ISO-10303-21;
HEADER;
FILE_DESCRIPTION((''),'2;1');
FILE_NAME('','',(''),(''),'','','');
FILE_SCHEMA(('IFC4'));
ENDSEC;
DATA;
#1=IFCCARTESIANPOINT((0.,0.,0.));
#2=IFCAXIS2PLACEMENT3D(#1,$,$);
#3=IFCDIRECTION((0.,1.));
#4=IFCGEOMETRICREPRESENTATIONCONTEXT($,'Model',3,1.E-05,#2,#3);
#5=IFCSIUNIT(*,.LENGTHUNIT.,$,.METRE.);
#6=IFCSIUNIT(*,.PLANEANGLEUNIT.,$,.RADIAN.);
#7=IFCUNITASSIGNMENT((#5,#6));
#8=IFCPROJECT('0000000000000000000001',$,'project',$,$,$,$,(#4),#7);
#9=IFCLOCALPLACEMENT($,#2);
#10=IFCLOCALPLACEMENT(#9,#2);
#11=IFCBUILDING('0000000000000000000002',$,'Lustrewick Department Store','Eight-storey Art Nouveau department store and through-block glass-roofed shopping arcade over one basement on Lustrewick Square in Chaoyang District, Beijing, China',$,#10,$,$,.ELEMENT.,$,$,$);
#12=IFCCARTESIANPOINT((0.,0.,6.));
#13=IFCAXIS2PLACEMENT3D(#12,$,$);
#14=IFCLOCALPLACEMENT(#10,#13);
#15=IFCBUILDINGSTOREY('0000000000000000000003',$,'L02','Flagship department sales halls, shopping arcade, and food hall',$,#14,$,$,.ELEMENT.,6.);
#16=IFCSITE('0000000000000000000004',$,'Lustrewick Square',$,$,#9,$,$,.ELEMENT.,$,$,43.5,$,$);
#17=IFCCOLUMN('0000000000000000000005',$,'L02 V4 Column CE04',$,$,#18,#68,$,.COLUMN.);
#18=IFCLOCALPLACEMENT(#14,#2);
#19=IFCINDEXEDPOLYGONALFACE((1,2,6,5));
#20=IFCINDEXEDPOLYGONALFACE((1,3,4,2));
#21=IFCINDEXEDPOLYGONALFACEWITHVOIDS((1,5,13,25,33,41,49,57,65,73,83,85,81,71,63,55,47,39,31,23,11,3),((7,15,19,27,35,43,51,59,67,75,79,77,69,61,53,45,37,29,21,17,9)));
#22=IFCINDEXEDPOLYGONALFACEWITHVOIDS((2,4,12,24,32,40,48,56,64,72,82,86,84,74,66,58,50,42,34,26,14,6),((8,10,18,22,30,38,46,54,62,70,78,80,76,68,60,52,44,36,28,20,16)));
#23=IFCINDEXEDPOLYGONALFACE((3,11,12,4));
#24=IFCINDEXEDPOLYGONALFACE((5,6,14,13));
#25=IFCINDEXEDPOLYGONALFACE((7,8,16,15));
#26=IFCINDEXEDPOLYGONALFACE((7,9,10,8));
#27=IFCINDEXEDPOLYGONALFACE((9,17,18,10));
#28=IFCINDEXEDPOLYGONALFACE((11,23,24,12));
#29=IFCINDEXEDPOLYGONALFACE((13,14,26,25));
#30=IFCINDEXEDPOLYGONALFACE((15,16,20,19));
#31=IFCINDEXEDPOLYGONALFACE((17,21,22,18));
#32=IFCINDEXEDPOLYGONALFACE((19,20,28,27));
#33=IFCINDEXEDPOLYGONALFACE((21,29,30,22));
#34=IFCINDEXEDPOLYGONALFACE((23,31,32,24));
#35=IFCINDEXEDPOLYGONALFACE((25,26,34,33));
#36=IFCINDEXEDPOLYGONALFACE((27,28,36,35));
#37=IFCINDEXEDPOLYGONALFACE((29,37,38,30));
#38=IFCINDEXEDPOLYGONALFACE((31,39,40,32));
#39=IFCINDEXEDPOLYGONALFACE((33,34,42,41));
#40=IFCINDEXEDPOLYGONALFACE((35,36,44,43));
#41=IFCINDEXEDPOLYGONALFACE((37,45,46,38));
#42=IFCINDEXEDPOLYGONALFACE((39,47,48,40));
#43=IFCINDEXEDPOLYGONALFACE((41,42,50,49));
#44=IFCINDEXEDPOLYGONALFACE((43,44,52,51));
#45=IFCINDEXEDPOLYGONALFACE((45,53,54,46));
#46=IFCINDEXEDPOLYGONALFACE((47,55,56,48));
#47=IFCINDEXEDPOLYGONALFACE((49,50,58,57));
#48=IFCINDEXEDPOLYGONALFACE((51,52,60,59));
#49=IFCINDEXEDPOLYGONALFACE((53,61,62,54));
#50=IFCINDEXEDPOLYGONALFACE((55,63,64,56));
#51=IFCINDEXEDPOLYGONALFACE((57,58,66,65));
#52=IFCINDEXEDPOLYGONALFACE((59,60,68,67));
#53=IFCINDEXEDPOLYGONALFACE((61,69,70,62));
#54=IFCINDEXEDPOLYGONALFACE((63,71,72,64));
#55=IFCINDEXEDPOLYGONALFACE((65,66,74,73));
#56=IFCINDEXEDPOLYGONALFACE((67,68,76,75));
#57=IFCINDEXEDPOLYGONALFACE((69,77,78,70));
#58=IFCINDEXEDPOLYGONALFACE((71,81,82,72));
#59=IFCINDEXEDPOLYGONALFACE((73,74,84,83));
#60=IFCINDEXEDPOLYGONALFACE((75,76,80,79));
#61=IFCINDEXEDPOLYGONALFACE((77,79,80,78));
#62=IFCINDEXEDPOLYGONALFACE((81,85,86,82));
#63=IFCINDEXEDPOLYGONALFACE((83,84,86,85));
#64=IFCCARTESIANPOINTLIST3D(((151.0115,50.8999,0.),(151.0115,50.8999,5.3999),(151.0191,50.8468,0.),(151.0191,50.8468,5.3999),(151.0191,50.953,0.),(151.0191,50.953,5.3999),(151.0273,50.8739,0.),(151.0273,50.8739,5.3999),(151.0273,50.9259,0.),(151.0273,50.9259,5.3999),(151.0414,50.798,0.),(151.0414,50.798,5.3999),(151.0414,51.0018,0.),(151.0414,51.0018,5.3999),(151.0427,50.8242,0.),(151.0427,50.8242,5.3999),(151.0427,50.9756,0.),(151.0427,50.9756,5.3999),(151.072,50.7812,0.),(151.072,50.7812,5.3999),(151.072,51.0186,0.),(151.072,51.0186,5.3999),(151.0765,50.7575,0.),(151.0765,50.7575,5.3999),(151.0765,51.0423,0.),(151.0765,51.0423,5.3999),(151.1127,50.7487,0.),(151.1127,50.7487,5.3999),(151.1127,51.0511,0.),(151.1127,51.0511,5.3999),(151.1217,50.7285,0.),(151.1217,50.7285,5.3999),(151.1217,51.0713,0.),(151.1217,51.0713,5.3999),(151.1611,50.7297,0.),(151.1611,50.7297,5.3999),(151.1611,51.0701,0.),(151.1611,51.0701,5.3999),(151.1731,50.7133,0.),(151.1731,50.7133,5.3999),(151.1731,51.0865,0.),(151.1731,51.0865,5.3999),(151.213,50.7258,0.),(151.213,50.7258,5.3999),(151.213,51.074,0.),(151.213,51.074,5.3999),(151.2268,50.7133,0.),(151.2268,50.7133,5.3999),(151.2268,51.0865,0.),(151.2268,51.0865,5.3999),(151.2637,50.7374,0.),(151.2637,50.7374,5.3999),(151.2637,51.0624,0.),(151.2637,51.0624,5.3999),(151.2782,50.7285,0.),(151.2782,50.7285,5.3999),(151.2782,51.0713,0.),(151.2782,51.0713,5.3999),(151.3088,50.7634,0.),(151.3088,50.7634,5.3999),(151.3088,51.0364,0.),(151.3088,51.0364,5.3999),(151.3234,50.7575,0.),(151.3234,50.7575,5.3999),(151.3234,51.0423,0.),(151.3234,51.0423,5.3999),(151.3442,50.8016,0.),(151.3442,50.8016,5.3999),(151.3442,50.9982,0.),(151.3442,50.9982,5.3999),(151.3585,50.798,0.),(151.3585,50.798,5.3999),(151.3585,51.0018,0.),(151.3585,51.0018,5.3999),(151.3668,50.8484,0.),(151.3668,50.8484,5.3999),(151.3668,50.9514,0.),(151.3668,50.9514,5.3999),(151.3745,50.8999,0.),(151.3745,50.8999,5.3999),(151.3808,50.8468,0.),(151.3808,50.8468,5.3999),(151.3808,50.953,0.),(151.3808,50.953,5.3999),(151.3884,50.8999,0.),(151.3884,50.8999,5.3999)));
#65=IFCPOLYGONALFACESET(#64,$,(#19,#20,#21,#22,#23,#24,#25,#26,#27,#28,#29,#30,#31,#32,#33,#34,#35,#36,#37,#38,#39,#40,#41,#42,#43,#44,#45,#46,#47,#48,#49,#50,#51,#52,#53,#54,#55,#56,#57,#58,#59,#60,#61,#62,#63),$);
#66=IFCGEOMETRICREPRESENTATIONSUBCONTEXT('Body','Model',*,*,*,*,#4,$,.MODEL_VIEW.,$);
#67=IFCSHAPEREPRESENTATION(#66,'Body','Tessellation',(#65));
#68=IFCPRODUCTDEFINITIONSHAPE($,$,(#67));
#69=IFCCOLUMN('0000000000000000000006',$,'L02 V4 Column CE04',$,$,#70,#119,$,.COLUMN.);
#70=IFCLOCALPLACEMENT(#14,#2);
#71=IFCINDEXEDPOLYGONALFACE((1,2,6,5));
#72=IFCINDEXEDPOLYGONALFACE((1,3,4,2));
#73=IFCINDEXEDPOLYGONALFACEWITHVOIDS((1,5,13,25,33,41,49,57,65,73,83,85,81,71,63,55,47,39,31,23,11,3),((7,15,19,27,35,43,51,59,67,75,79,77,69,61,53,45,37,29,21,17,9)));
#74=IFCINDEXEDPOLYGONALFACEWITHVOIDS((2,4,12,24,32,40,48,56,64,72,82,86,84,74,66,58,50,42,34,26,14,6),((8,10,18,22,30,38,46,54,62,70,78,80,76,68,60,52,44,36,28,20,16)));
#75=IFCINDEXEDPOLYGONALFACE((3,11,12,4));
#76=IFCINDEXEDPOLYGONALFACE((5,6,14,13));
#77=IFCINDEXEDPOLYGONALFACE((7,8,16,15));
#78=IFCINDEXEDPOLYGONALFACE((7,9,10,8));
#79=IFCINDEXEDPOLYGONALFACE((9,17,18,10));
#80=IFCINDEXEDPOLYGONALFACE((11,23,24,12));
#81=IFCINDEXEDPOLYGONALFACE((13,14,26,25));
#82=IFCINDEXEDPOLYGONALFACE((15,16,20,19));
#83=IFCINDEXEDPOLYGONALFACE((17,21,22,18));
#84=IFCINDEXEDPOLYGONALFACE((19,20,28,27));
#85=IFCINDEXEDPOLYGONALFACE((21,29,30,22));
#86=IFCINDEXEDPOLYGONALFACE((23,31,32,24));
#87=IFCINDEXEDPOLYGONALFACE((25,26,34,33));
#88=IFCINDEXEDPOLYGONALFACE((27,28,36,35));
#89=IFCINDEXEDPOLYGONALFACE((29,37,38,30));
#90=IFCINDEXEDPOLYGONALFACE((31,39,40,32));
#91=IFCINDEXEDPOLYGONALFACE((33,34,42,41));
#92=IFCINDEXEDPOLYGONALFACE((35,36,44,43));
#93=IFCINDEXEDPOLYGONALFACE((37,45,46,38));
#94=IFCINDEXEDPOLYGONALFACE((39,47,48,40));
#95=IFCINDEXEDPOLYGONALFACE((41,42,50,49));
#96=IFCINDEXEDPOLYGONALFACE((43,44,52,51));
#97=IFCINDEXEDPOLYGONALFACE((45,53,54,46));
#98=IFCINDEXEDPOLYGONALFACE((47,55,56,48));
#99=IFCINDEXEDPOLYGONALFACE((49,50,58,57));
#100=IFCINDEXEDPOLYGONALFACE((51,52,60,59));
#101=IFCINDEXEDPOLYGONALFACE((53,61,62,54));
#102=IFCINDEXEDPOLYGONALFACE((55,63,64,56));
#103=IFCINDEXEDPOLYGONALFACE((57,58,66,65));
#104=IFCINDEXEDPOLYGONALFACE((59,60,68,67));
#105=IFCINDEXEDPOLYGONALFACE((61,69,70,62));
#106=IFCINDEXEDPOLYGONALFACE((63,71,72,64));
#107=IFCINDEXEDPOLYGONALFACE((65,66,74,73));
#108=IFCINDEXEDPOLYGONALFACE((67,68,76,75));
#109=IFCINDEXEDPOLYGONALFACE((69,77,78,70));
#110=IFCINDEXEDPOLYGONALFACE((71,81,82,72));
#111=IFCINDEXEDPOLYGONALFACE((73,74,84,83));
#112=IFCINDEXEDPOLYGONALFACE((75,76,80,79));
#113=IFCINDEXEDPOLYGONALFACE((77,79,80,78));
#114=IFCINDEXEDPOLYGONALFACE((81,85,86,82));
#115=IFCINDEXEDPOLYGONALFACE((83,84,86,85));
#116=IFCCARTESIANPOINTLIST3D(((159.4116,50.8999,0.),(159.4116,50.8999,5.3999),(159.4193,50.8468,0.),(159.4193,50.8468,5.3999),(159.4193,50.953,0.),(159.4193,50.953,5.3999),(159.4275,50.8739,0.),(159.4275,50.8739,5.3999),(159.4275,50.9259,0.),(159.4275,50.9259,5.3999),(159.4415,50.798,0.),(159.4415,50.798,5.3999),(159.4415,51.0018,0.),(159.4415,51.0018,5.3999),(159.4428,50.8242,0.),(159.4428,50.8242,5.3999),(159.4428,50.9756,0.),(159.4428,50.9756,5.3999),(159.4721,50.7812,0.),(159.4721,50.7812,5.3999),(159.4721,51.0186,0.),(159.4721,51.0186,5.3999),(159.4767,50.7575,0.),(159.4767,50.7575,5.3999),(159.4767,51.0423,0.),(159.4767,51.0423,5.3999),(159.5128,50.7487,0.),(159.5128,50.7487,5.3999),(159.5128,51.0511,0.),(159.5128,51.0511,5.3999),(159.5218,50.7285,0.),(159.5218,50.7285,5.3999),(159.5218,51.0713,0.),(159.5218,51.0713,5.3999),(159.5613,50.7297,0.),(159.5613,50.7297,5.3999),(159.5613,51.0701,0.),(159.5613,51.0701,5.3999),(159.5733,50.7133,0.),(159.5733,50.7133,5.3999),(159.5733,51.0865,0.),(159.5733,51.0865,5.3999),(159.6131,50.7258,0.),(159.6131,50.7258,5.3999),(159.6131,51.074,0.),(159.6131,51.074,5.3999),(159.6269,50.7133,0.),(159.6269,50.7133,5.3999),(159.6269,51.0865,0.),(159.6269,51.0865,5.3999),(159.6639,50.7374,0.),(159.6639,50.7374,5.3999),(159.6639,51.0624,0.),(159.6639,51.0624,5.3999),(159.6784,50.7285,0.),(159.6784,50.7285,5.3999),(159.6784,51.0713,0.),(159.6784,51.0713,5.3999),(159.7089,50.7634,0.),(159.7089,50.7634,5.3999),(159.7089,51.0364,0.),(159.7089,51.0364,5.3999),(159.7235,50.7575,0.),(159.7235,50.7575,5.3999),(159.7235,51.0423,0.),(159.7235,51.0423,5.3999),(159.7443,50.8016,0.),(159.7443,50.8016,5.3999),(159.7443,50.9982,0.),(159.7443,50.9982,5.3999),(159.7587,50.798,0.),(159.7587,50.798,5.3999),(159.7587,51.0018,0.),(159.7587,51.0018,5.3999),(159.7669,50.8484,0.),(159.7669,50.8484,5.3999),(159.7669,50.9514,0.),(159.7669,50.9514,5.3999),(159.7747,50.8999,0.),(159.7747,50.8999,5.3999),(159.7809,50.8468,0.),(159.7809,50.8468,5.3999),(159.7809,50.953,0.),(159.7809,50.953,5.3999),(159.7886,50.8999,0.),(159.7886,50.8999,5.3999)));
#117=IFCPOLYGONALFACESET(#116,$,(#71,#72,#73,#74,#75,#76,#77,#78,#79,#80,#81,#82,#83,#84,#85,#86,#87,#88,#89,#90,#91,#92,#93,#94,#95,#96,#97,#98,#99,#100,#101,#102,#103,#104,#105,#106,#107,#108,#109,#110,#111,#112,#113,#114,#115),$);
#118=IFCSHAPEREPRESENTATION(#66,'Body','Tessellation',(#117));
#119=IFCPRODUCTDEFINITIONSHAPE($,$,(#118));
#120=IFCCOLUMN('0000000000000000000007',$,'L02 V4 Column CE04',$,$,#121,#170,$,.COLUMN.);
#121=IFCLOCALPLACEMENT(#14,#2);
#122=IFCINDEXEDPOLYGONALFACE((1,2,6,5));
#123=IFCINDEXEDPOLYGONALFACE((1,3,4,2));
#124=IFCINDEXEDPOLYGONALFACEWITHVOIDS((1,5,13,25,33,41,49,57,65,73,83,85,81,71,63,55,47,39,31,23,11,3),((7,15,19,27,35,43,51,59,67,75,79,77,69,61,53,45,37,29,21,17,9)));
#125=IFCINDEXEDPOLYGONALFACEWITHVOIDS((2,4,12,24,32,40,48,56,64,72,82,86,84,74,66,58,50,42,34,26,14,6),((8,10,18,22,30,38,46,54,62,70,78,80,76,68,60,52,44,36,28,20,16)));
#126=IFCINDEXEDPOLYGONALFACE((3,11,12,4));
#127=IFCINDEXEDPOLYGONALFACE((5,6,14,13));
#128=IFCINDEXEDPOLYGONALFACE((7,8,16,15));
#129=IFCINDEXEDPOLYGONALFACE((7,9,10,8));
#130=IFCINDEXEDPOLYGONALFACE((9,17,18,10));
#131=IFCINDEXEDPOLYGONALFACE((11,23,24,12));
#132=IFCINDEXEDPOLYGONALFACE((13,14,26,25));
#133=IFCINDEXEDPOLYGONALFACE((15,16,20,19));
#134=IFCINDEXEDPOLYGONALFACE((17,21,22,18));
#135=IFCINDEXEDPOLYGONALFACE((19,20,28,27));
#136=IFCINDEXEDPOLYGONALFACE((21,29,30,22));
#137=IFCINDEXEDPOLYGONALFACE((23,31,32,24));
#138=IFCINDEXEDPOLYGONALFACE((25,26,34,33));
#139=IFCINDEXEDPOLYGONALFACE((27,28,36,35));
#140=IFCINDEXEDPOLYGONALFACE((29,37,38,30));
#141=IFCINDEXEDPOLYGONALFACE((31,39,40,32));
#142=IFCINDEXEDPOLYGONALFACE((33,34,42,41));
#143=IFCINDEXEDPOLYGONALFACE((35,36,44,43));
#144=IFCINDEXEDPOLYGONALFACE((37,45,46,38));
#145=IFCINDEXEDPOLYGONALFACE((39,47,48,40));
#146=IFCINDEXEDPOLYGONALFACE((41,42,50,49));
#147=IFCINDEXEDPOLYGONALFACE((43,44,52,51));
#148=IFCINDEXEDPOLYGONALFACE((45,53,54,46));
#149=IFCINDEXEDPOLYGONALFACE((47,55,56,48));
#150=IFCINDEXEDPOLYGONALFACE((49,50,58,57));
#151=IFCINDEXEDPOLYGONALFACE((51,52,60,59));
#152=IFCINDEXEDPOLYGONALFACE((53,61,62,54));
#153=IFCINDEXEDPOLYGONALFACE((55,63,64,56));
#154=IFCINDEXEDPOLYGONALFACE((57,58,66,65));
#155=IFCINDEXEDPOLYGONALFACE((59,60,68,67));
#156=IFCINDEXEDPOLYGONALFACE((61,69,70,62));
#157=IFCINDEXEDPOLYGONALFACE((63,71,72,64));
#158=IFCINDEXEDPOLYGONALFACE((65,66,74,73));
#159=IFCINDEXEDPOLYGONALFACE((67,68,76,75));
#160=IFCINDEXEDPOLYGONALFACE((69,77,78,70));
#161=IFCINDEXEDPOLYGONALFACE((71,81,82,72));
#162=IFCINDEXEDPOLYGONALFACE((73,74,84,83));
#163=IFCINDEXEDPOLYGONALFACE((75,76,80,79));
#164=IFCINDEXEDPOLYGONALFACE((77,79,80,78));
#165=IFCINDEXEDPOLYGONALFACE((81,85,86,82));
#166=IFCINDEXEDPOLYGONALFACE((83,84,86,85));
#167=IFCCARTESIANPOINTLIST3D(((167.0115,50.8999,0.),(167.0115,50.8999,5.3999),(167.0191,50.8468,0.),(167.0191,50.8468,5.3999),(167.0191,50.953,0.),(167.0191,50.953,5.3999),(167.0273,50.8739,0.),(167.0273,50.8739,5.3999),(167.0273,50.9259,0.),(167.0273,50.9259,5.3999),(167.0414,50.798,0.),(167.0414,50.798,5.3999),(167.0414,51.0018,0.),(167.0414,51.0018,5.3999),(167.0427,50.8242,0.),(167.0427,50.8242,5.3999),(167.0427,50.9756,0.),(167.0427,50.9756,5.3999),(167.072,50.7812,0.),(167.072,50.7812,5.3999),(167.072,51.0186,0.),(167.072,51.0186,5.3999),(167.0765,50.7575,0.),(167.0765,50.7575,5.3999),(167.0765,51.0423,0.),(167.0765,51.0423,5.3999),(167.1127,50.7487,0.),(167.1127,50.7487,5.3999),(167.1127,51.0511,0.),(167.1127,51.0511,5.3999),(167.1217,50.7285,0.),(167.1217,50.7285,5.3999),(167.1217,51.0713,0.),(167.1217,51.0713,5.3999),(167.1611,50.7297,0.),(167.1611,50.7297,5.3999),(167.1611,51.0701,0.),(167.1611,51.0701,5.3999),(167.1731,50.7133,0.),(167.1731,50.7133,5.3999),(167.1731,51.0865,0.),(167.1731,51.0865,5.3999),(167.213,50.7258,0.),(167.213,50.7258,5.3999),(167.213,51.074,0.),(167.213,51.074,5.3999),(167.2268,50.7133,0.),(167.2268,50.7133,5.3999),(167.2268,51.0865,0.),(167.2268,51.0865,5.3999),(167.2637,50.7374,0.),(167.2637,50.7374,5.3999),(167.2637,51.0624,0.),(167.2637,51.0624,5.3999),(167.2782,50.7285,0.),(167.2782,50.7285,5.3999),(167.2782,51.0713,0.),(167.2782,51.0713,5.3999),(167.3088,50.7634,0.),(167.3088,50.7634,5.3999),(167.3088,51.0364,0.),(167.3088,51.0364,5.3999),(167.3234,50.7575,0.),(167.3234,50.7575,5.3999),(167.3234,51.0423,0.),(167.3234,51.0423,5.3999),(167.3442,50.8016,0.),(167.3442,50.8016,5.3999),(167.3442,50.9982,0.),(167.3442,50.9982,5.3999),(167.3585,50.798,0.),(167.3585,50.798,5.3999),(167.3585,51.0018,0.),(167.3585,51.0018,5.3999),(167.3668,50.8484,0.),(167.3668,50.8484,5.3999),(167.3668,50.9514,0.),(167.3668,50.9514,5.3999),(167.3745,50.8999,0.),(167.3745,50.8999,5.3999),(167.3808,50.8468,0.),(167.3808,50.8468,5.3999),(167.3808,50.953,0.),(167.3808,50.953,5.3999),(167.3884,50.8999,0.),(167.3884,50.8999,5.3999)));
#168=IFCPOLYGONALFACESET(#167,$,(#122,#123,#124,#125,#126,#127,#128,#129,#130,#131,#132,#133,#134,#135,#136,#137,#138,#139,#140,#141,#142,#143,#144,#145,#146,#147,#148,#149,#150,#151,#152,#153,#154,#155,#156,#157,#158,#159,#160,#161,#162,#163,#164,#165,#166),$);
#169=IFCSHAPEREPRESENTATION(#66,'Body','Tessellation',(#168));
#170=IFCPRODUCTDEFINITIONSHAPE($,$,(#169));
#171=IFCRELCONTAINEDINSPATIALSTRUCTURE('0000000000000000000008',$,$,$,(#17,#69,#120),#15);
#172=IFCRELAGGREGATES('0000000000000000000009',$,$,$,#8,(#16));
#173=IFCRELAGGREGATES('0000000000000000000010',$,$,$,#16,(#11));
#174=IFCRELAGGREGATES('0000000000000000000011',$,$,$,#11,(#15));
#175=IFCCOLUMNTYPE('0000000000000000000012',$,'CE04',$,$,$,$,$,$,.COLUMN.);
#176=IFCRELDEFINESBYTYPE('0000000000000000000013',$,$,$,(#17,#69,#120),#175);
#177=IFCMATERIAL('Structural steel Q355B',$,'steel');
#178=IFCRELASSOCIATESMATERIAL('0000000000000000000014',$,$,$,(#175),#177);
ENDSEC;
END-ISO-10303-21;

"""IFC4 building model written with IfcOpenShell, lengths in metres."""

from ifc_helpers import new_model, si_unit, direction, frame, origin, origin_2d, place, context, subcontext, project, spatial, hollow_circle, extrude, material, material_profile, profile_set, type_object, element, save


model = new_model("IFC4")

# Units and contexts
model_context = context("Model", 3, precision=1e-05, world=origin(), true_north=direction((0.0, 1.0)))
body_context = subcontext(model_context, "Body", "Model", "MODEL_VIEW")
ifc_project = project(units=[si_unit("LENGTHUNIT", "METRE"), si_unit("PLANEANGLEUNIT", "RADIAN")], contexts=[model_context])

# Site, building, storey
site_placement = place(None, origin())
site = spatial("IfcSite", under=ifc_project, at=site_placement, Name="Lustrewick Square", CompositionType="ELEMENT", RefElevation=43.5)
building_placement = place(site_placement, origin())
building = spatial("IfcBuilding", under=site, at=building_placement, Name="Lustrewick Department Store", Description="Eight-storey Art Nouveau department store and through-block glass-roofed shopping arcade over one basement on Lustrewick Square in Chaoyang District, Beijing, China", CompositionType="ELEMENT")
storey_placement = place(building_placement, frame((0.0, 0.0, 6.0)))
storey = spatial("IfcBuildingStorey", under=building, at=storey_placement, Name="L02", Description="Flagship department sales halls, shopping arcade, and food hall", CompositionType="ELEMENT", Elevation=6.0)

# Columns
ifc_material_1 = material(Name="Structural steel Q355B", Category="steel")
ifc_material_profile_1 = material_profile(ifc_material_1, hollow_circle(Radius=0.1885, WallThickness=0.0139, at=origin_2d()), Name="CHS 377x14")
ifc_profile_set_1 = profile_set([ifc_material_profile_1], Name="Structural steel Q355B")
column_type = type_object("IfcColumnType", Name="CE04", PredefinedType="COLUMN", material=ifc_profile_set_1)
for number, where, z_axis, x_axis, name in (
    (1, (151.2, 50.8999, 0.0), (0.0, 0.0, 1.0), (1.0, 0.0, 0.0), "L02 V4 Column CE04"),
    (2, (159.6001, 50.8999, 0.0), (0.0, 0.0, 1.0), (1.0, 0.0, 0.0), "L02 V4 Column CE04"),
    (3, (167.2, 50.8999, 0.0), (0.0, 0.0, 1.0), (1.0, 0.0, 0.0), "L02 V4 Column CE04"),
):
    element("IfcColumn", number, at=place(storey_placement, frame(where, z_axis=z_axis, x_axis=x_axis)), inside=storey, type_object=column_type, Name=name, PredefinedType="COLUMN", context=body_context, shape_type="SweptSolid", body=[
        extrude(hollow_circle(Radius=0.1885, WallThickness=0.0139, at=origin_2d()), origin(), (0.0, 0.0, 1.0), 5.3999),
    ])

save(model, "model.ifc")
